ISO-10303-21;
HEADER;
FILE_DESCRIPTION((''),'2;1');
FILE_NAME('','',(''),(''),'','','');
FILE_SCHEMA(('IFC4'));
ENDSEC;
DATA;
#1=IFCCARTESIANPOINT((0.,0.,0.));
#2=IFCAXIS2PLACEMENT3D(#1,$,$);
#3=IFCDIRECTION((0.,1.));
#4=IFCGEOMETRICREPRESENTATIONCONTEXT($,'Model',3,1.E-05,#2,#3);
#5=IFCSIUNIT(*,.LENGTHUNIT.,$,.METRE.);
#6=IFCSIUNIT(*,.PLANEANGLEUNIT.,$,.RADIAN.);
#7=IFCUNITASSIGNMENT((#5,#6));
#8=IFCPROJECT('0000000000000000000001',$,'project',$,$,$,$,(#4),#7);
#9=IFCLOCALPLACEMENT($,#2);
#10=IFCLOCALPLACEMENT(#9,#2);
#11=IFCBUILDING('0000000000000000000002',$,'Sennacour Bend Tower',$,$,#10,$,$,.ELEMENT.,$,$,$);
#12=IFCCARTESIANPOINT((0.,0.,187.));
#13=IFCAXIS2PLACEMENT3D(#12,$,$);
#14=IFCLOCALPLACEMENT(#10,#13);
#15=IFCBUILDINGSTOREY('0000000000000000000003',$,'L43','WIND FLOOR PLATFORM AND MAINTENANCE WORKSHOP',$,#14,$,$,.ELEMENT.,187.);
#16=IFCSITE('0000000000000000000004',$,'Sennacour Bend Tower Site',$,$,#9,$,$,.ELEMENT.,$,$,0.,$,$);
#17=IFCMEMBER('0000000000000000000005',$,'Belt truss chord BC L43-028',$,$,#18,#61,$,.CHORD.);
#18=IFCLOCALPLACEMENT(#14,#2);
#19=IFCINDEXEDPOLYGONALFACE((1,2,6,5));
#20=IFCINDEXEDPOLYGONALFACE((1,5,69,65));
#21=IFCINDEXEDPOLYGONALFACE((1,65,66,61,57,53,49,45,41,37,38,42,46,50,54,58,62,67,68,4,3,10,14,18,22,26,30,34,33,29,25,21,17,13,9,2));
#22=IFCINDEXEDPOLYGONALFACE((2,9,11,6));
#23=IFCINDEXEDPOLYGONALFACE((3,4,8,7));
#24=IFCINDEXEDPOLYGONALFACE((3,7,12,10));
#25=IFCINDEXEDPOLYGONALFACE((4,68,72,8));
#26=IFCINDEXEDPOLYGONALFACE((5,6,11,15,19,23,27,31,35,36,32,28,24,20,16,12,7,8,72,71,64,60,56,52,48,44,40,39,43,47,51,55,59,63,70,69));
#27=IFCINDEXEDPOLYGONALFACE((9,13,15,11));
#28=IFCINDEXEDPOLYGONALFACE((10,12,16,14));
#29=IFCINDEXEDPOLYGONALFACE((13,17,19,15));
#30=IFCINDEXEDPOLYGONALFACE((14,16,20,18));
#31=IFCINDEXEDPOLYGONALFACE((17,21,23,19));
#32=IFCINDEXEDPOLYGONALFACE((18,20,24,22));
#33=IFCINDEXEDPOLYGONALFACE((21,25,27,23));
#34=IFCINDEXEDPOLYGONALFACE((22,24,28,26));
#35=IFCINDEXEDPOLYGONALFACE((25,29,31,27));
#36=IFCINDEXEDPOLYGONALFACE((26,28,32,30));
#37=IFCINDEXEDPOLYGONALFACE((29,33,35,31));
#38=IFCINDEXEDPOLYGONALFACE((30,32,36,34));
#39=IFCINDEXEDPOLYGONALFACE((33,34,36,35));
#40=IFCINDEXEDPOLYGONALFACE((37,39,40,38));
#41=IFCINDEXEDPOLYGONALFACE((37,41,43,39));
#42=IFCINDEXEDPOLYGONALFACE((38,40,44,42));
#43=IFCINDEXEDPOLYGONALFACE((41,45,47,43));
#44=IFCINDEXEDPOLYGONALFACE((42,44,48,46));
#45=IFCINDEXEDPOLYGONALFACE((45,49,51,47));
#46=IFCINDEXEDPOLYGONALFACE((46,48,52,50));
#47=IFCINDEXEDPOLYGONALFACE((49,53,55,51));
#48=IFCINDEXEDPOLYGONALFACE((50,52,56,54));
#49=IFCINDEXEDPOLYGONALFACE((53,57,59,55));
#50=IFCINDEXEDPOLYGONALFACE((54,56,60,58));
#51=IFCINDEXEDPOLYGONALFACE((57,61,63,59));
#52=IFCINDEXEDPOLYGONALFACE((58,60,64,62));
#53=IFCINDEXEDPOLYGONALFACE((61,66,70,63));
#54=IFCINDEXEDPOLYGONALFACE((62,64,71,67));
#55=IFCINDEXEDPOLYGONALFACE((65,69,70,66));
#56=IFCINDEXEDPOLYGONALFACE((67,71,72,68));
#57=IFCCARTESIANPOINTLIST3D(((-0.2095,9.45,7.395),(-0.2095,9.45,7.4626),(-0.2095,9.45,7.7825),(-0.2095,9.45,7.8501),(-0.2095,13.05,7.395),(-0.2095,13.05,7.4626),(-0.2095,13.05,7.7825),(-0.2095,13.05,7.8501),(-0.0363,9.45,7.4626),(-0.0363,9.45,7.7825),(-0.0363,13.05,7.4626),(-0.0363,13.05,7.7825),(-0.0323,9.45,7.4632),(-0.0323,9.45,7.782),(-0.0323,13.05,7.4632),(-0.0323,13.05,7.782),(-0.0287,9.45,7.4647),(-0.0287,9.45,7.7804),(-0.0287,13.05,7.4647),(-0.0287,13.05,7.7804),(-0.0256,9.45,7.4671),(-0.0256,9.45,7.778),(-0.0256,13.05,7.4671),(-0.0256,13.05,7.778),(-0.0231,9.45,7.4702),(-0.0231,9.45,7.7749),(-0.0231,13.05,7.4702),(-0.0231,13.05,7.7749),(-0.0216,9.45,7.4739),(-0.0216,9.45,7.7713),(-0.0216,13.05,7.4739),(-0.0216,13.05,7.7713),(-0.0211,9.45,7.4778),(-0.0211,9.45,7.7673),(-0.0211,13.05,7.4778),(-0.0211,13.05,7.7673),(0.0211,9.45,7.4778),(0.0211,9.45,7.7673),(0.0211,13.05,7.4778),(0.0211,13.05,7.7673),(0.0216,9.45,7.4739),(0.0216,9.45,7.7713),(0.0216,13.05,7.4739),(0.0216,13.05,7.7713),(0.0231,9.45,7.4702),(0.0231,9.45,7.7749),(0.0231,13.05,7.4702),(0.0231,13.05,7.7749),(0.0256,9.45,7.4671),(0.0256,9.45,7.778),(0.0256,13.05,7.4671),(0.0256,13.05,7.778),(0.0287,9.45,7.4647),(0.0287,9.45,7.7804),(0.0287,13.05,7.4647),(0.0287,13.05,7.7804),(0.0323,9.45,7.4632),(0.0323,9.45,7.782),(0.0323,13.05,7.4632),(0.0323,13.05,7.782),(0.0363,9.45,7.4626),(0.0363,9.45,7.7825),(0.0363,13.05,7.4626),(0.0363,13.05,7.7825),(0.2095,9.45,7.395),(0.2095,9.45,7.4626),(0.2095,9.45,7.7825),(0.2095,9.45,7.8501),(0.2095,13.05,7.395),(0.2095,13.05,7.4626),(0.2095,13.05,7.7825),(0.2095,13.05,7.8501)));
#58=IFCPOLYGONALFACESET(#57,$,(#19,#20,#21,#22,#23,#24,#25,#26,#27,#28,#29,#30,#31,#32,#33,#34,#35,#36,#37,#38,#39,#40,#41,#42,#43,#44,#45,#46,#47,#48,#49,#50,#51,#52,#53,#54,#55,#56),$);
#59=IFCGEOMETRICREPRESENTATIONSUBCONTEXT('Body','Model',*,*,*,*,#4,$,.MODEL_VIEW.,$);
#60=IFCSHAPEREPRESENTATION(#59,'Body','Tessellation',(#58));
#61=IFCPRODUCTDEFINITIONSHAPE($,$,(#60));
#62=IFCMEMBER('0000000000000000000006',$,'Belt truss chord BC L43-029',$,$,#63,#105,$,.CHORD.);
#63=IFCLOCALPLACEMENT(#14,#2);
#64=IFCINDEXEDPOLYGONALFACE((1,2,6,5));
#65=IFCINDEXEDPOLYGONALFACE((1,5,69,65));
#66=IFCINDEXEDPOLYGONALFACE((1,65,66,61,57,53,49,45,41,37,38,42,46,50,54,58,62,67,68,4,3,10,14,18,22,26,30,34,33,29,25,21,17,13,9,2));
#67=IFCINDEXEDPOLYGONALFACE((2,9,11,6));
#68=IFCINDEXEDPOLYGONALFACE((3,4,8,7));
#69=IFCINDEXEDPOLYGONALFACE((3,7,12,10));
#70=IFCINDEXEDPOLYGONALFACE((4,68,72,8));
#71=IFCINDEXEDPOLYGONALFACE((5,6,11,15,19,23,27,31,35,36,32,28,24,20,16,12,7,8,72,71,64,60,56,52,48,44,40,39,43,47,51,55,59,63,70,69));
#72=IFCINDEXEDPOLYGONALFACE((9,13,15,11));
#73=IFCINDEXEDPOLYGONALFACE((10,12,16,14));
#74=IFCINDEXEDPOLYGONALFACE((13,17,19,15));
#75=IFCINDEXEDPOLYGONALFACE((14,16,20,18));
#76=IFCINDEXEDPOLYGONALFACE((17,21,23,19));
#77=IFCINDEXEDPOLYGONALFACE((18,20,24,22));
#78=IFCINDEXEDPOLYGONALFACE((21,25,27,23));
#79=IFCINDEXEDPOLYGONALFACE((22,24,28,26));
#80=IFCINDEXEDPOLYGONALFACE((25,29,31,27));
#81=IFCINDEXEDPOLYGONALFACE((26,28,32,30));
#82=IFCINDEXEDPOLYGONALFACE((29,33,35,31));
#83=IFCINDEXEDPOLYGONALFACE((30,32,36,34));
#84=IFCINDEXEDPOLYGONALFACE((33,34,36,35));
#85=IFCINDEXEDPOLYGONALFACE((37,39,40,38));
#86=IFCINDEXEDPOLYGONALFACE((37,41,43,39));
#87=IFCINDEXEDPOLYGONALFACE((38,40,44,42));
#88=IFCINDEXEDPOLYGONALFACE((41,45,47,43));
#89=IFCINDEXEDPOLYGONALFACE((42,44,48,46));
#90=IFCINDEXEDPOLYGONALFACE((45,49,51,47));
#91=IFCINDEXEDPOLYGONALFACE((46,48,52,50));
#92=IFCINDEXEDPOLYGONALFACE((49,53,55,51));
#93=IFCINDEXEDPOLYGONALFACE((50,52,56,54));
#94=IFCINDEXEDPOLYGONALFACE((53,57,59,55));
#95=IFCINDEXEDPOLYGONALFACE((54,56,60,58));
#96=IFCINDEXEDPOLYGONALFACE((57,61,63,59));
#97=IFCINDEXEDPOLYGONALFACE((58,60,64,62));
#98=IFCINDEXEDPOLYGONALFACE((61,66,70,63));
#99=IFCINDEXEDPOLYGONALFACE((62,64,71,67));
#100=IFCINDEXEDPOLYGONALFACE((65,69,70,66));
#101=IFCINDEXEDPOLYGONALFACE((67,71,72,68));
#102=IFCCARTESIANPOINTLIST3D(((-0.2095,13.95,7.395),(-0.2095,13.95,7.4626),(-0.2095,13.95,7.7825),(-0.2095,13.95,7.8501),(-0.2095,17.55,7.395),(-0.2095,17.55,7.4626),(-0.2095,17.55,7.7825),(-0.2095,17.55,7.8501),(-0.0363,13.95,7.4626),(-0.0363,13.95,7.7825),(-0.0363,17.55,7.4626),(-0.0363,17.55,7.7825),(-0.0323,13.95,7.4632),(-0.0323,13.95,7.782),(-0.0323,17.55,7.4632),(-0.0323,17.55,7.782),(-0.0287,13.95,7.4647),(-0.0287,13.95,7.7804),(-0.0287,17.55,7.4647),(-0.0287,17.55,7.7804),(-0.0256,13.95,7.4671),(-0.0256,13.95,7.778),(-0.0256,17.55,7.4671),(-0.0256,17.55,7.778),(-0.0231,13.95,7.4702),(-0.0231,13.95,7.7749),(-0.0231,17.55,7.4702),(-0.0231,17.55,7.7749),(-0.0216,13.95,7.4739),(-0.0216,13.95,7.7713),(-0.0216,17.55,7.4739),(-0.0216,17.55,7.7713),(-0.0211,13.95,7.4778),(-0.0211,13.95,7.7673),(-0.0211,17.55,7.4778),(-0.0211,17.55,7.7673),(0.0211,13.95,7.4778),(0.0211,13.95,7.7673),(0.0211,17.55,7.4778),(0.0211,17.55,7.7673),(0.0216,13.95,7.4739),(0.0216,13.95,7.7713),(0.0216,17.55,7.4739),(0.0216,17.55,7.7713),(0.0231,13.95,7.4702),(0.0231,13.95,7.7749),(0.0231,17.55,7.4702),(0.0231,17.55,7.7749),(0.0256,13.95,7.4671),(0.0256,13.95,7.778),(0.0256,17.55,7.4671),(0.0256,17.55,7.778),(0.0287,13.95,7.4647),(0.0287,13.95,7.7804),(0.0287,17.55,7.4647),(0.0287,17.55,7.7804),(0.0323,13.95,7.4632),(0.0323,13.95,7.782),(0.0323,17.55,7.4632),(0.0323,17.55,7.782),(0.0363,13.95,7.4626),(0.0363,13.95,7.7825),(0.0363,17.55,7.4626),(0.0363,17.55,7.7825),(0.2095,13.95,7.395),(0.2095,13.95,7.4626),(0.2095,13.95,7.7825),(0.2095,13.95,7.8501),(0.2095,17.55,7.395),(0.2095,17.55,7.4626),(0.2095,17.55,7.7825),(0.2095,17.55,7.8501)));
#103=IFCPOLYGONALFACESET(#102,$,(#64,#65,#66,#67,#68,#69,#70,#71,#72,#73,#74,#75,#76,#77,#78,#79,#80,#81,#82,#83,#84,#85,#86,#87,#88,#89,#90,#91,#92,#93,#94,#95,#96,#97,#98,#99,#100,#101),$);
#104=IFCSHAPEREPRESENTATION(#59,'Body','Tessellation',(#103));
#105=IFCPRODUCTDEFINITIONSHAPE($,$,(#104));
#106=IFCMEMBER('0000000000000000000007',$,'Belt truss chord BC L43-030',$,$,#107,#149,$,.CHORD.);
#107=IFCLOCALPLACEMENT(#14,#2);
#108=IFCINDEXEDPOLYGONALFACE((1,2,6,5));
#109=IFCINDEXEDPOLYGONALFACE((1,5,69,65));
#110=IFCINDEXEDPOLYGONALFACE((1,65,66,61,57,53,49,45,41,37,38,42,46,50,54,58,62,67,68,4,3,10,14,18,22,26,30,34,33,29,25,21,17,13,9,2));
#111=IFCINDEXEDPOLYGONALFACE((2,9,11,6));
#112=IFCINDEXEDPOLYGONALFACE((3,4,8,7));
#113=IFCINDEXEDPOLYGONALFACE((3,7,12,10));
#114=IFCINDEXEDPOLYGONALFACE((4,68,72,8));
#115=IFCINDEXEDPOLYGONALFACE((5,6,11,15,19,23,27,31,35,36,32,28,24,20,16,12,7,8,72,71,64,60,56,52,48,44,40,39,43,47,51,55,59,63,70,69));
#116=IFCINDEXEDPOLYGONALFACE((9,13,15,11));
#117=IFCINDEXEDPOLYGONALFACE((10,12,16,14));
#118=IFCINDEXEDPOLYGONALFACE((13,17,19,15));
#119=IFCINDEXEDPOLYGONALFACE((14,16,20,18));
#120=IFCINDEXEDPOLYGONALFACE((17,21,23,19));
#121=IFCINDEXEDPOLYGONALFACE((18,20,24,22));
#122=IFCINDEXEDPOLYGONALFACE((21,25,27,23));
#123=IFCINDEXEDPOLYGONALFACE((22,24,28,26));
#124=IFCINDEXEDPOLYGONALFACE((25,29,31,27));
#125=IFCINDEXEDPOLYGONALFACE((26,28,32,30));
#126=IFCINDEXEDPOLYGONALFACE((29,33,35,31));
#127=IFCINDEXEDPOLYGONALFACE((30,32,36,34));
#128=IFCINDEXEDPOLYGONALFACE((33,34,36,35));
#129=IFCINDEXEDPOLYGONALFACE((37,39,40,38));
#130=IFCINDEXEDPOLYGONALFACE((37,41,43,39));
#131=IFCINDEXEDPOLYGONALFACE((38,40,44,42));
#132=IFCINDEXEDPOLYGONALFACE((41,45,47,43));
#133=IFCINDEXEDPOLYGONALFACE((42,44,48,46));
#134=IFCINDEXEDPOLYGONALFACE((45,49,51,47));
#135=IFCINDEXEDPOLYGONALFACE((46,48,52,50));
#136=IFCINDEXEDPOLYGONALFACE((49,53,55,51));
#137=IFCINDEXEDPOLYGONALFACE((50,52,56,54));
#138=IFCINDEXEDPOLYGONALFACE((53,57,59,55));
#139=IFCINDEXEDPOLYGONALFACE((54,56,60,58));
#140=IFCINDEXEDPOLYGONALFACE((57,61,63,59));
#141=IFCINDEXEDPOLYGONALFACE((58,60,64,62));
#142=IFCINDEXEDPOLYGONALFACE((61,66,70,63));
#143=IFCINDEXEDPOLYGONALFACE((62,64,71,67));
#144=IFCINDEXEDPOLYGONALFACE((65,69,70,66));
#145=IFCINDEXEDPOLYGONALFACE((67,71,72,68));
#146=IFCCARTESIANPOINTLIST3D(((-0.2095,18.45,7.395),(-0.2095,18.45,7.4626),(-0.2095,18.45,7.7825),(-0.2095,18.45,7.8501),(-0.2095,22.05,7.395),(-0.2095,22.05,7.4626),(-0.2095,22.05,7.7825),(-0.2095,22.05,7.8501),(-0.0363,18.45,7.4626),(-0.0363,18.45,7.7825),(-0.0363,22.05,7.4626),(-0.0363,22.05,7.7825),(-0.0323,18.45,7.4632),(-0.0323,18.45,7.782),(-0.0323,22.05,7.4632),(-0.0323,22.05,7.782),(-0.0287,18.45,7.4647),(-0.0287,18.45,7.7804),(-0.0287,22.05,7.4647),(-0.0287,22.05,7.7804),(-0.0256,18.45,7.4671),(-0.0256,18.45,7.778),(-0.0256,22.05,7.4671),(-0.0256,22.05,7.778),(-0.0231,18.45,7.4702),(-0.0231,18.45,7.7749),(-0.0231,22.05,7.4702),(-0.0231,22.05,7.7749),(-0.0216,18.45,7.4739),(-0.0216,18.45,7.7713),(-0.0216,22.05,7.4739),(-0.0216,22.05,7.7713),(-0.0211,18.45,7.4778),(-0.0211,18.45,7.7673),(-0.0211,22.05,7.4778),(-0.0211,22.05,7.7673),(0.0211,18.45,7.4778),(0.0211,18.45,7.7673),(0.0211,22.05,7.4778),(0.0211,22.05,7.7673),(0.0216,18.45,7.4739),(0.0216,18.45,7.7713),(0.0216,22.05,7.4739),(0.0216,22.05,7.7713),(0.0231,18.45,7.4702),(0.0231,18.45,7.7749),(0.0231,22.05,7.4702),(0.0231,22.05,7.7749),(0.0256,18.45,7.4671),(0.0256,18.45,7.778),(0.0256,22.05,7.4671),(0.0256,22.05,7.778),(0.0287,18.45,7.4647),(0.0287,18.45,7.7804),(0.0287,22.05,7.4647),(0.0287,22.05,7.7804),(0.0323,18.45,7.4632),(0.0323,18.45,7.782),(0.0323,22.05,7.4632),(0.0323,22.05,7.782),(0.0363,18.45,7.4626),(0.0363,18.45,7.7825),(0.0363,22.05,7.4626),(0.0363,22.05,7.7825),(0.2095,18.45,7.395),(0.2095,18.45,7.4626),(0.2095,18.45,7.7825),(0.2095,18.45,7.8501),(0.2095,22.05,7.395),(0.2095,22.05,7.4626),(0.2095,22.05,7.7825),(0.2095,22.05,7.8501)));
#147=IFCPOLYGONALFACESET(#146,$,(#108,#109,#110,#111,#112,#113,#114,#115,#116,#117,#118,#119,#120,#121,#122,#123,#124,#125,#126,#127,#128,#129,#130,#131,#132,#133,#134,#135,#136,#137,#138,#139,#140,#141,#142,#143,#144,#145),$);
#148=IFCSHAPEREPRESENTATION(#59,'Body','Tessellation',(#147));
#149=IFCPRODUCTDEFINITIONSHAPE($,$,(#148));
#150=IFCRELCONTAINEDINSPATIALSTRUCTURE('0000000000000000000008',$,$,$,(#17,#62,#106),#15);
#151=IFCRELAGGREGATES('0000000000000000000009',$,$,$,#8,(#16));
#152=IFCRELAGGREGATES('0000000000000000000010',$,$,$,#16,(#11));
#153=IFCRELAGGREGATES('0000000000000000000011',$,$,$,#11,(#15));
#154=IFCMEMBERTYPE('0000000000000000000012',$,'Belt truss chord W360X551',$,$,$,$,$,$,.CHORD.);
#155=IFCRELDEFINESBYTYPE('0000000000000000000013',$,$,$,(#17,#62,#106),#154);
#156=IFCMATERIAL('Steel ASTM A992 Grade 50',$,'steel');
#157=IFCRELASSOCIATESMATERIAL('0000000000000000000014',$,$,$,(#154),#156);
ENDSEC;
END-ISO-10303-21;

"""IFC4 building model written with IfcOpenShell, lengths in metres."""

from ifc_helpers import new_model, si_unit, direction, frame, origin, origin_2d, place, context, subcontext, project, spatial, i_section, extrude, material, material_profile, profile_set, type_object, element, save


model = new_model("IFC4")

# Units and contexts
model_context = context("Model", 3, precision=1e-05, world=origin(), true_north=direction((0.0, 1.0)))
body_context = subcontext(model_context, "Body", "Model", "MODEL_VIEW")
ifc_project = project(units=[si_unit("LENGTHUNIT", "METRE"), si_unit("PLANEANGLEUNIT", "RADIAN")], contexts=[model_context])

# Site, building, storey
site_placement = place(None, origin())
site = spatial("IfcSite", under=ifc_project, at=site_placement, Name="Sennacour Bend Tower Site", CompositionType="ELEMENT", RefElevation=0.0)
building_placement = place(site_placement, origin())
building = spatial("IfcBuilding", under=site, at=building_placement, Name="Sennacour Bend Tower", CompositionType="ELEMENT")
storey_placement = place(building_placement, frame((0.0, 0.0, 187.0)))
storey = spatial("IfcBuildingStorey", under=building, at=storey_placement, Name="L43", Description="WIND FLOOR PLATFORM AND MAINTENANCE WORKSHOP", CompositionType="ELEMENT", Elevation=187.0)

# Members
ifc_material_1 = material(Name="Steel ASTM A992 Grade 50", Category="steel")
ifc_material_profile_1 = material_profile(ifc_material_1, i_section(OverallWidth=0.4189, OverallDepth=0.4551, WebThickness=0.0422, FlangeThickness=0.0676, FilletRadius=0.0151, at=origin_2d()), Name="Steel ASTM A992 Grade 50", Category="steel")
ifc_profile_set_1 = profile_set([ifc_material_profile_1], Name="Steel ASTM A992 Grade 50")
member_type_1 = type_object("IfcMemberType", Name="Belt truss chord W360X551", PredefinedType="CHORD", material=ifc_profile_set_1)
for number, where, z_axis, x_axis, name in (
    (1, (0.0, 9.45, 7.6226), (0.0, 1.0, 0.0), (-1.0, 0.0, 0.0), "Belt truss chord BC L43-028"),
    (2, (0.0, 13.95, 7.6226), (0.0, 1.0, 0.0), (-1.0, 0.0, 0.0), "Belt truss chord BC L43-029"),
    (3, (0.0, 18.45, 7.6226), (0.0, 1.0, 0.0), (-1.0, 0.0, 0.0), "Belt truss chord BC L43-030"),
):
    element("IfcMember", number, at=place(storey_placement, frame(where, z_axis=z_axis, x_axis=x_axis)), inside=storey, type_object=member_type_1, Name=name, PredefinedType="CHORD", context=body_context, shape_type="SweptSolid", body=[
        extrude(i_section(OverallWidth=0.4189, OverallDepth=0.4551, WebThickness=0.0422, FlangeThickness=0.0676, FilletRadius=0.0151, at=origin_2d()), origin(), (0.0, 0.0, 1.0), 3.6001),
    ])

save(model, "model.ifc")
